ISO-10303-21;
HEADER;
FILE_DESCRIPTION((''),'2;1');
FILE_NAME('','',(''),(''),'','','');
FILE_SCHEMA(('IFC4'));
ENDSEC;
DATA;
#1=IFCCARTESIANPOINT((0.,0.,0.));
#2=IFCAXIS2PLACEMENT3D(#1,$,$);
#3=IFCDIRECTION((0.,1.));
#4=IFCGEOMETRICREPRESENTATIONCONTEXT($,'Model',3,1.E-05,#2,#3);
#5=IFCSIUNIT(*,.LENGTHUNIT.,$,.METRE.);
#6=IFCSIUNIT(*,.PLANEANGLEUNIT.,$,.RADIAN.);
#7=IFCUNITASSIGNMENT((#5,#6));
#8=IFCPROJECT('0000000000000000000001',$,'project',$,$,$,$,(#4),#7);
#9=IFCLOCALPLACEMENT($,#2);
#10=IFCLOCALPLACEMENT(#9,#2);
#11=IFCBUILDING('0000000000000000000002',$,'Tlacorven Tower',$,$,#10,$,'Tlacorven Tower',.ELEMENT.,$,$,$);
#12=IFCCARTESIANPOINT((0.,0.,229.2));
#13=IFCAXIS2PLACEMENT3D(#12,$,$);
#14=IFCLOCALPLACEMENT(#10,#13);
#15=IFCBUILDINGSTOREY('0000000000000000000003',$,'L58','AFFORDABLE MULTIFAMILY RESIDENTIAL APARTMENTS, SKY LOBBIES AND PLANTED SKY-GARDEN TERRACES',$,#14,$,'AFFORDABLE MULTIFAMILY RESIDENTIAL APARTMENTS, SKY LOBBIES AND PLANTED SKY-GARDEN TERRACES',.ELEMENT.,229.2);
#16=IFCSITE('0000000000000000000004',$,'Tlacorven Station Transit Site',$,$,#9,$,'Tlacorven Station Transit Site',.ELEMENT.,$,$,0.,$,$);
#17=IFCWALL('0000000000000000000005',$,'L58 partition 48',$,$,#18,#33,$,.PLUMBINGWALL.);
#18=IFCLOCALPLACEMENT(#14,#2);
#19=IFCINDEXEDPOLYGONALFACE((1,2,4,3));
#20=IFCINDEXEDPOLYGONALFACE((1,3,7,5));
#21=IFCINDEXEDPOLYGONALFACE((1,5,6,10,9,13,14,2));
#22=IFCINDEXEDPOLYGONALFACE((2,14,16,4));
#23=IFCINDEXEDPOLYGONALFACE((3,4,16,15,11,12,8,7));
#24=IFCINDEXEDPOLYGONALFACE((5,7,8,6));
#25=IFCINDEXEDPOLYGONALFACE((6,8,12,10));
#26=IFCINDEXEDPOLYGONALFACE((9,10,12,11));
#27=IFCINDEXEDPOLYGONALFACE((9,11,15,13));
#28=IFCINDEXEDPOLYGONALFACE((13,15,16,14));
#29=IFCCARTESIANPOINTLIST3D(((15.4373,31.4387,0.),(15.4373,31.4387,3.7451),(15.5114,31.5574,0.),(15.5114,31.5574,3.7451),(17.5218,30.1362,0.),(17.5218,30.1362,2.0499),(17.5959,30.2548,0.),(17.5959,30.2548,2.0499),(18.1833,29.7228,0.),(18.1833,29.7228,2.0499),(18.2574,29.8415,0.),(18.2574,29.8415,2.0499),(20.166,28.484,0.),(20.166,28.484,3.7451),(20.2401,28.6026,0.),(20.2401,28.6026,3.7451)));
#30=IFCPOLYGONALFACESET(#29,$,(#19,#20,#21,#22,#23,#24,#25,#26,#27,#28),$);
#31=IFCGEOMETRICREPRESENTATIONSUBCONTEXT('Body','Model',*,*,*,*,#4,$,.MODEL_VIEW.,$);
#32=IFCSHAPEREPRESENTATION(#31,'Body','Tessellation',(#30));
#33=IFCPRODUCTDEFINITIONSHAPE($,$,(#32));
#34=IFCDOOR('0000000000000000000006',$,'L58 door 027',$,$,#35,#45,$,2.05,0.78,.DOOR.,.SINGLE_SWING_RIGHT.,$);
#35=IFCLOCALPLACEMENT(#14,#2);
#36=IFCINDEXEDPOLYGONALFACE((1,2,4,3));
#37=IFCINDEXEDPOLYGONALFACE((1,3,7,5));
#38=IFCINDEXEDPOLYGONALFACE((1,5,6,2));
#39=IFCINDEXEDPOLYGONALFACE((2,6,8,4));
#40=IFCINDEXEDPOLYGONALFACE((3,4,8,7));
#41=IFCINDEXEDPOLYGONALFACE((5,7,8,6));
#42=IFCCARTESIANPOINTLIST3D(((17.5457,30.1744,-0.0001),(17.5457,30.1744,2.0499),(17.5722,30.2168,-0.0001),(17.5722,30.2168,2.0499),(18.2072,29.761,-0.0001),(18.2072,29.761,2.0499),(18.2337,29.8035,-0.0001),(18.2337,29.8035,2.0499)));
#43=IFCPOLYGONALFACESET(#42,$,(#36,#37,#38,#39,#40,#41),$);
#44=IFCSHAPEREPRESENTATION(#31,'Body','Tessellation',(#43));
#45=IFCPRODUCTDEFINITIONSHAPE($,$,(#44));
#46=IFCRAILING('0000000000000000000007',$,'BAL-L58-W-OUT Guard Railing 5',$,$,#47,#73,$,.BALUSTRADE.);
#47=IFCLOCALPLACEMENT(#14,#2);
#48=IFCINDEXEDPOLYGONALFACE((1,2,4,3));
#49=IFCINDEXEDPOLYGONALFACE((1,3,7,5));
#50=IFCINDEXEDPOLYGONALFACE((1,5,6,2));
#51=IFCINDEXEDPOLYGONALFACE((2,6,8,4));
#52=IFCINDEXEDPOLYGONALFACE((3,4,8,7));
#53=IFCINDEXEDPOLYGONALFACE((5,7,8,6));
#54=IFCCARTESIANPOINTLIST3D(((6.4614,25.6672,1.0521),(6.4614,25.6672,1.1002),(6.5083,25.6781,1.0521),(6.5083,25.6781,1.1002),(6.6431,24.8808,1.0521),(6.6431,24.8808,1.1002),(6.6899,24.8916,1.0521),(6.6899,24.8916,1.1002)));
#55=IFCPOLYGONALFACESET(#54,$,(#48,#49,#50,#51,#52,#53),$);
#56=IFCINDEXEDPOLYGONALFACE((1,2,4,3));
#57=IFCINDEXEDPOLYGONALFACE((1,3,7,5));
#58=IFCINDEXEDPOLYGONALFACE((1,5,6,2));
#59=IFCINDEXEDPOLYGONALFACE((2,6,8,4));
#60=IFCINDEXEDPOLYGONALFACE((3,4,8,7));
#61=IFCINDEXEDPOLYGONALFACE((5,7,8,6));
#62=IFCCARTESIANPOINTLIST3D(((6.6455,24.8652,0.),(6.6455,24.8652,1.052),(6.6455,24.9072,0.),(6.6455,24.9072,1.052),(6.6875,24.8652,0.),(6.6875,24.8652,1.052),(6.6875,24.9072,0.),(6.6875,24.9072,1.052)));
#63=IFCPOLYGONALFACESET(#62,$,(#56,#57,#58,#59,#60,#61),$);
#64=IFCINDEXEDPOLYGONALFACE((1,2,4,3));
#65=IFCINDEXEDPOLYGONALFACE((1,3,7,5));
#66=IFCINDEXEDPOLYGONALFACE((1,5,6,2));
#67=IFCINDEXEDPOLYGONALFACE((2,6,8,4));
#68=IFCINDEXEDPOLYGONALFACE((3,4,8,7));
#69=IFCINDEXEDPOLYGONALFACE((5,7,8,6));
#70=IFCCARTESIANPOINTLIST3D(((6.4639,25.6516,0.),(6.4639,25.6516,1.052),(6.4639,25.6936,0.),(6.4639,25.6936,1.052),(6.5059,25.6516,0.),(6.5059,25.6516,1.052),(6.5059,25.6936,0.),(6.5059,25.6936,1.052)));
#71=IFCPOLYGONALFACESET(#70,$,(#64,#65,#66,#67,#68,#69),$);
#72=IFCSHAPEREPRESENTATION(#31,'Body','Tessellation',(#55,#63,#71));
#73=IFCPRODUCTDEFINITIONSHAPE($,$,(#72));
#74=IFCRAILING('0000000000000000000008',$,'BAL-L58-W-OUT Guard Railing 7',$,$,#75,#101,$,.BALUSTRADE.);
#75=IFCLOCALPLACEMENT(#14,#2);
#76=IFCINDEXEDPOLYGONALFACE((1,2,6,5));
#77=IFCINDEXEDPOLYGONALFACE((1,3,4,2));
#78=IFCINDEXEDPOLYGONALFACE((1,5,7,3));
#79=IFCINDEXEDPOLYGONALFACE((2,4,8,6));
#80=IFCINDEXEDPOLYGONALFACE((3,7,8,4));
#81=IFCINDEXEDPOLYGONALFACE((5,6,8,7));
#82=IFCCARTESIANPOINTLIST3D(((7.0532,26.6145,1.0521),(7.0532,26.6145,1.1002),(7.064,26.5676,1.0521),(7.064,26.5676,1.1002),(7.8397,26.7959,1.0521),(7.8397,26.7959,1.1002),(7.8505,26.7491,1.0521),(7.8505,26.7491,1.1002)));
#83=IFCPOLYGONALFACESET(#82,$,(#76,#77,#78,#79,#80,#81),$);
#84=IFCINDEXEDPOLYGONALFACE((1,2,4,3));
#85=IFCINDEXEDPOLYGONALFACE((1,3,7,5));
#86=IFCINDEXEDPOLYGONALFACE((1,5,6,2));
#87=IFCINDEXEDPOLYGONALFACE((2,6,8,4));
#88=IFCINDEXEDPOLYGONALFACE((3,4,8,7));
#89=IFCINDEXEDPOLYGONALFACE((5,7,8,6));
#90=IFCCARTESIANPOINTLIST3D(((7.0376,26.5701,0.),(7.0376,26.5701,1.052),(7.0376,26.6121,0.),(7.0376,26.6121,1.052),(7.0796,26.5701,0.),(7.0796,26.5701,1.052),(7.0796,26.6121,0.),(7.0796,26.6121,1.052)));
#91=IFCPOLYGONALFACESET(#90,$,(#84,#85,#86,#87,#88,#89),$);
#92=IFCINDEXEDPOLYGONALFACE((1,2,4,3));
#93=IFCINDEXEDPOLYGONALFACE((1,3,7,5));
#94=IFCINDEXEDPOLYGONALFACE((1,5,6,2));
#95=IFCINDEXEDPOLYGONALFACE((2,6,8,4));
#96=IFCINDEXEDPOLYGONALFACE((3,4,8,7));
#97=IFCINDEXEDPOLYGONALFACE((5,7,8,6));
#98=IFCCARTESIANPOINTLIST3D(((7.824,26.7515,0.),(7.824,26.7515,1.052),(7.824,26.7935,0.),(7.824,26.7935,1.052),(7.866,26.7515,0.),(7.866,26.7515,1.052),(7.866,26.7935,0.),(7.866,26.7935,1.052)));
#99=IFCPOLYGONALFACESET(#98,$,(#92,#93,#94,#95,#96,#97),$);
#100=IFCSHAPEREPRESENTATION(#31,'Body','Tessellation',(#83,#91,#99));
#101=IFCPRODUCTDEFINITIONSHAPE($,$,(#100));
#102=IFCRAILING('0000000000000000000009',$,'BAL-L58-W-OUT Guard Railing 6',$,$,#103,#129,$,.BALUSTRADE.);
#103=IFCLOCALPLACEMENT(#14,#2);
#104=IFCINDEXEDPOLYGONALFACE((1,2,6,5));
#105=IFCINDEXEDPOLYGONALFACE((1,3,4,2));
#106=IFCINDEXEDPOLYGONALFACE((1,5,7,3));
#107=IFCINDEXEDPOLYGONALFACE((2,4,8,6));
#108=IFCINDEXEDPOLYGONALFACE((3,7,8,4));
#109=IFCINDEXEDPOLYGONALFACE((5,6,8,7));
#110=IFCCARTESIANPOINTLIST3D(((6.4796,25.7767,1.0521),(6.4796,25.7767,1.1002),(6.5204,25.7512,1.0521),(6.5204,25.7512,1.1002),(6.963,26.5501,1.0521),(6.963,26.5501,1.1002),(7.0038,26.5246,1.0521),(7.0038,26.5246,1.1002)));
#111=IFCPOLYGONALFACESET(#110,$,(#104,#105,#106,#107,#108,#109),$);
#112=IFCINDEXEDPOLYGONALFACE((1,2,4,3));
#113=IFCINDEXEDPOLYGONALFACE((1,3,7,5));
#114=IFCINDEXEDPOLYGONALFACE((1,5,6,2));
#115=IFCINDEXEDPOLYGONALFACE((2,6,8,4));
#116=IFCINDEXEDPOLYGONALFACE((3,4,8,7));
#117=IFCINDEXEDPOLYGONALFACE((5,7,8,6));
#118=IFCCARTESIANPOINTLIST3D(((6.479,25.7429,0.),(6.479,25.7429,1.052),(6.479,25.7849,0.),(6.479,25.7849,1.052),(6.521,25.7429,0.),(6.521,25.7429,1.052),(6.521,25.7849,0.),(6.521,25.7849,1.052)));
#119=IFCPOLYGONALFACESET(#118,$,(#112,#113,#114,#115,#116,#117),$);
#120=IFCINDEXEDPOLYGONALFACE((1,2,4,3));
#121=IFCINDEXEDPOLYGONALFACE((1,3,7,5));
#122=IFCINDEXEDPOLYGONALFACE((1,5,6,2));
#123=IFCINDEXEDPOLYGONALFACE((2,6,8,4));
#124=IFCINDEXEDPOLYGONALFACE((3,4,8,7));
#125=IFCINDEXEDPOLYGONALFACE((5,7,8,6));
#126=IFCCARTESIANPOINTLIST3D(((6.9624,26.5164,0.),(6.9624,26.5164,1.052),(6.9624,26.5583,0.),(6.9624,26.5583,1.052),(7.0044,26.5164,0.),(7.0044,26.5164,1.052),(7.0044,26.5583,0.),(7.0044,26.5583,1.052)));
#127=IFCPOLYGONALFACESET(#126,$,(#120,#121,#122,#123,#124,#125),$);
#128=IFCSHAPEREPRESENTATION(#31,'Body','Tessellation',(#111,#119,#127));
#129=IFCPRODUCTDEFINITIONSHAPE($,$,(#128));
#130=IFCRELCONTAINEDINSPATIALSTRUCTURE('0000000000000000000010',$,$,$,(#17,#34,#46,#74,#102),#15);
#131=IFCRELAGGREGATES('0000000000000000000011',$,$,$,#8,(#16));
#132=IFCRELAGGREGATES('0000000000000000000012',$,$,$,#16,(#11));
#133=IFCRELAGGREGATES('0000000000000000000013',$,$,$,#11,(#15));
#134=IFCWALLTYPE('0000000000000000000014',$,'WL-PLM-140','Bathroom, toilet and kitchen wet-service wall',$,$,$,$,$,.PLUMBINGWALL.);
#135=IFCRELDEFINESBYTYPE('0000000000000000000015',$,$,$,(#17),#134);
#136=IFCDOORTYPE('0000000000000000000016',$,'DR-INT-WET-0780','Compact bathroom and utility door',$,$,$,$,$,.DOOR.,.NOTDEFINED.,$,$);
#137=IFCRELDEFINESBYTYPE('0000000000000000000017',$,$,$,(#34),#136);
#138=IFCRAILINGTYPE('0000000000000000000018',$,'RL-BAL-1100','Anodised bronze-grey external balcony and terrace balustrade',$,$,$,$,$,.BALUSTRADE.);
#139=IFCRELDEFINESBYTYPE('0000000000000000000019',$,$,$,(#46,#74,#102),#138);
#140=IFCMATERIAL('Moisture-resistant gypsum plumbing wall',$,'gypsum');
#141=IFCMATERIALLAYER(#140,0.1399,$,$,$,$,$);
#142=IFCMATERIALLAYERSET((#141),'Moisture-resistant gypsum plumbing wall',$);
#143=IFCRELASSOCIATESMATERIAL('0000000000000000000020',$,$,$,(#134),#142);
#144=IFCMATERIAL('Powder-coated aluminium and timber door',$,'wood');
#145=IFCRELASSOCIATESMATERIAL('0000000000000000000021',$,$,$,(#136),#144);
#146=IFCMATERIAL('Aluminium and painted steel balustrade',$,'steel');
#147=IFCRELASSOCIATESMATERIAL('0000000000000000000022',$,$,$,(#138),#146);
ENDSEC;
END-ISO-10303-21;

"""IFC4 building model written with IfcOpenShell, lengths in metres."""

from ifc_helpers import new_model, si_unit, direction, frame, frame_2d, origin, origin_2d, place, context, subcontext, project, spatial, rectangle, extrude, source, transform, mapped, material, layer, layer_set, type_object, element, fill, save


model = new_model("IFC4")

# Units and contexts
model_context = context("Model", 3, precision=1e-05, world=origin(), true_north=direction((0.0, 1.0)))
body_context = subcontext(model_context, "Body", "Model", "MODEL_VIEW")
ifc_project = project(units=[si_unit("LENGTHUNIT", "METRE"), si_unit("PLANEANGLEUNIT", "RADIAN")], contexts=[model_context])

# Site, building, storey
site_placement = place(None, origin())
site = spatial("IfcSite", under=ifc_project, at=site_placement, Name="Tlacorven Station Transit Site", LongName="Tlacorven Station Transit Site", CompositionType="ELEMENT", RefElevation=0.0)
building_placement = place(site_placement, origin())
building = spatial("IfcBuilding", under=site, at=building_placement, Name="Tlacorven Tower", LongName="Tlacorven Tower", CompositionType="ELEMENT")
storey_placement = place(building_placement, frame((0.0, 0.0, 229.2)))
storey = spatial("IfcBuildingStorey", under=building, at=storey_placement, Name="L58", Description="AFFORDABLE MULTIFAMILY RESIDENTIAL APARTMENTS, SKY LOBBIES AND PLANTED SKY-GARDEN TERRACES", LongName="AFFORDABLE MULTIFAMILY RESIDENTIAL APARTMENTS, SKY LOBBIES AND PLANTED SKY-GARDEN TERRACES", CompositionType="ELEMENT", Elevation=229.2)

# Wall, opening, door
ifc_material_1 = material(Name="Moisture-resistant gypsum plumbing wall", Category="gypsum")
ifc_layer_1 = layer(ifc_material_1, 0.1399)
ifc_layer_set_1 = layer_set([ifc_layer_1], Name="Moisture-resistant gypsum plumbing wall")
wall_type_1 = type_object("IfcWallType", Name="WL-PLM-140", Description="Bathroom, toilet and kitchen wet-service wall", PredefinedType="PLUMBINGWALL", material=ifc_layer_set_1)
wall_1_placement = place(storey_placement, frame((20.2031, 28.5432, 0.0), z_axis=(0.0, 0.0, 1.0), x_axis=(-0.84805, 0.529916, 0.0)))
wall_1 = element("IfcWall", 1, at=wall_1_placement, inside=storey, type_object=wall_type_1, Name="L58 partition 48", PredefinedType="PLUMBINGWALL", context=body_context, shape_type="SweptSolid", body=[
    extrude(rectangle(XDim=5.5759, YDim=0.1399, at=frame_2d((2.7881, 0.0))), origin(), (0.0, 0.0, 1.0), 3.7451),
])
opening_1_placement = place(wall_1_placement, frame((2.3379, 0.0, 0.0)))
opening_1 = element("IfcOpeningElement", 2, at=opening_1_placement, cuts=wall_1, PredefinedType="OPENING", context=body_context, shape_type="SweptSolid", body=[
    extrude(rectangle(XDim=0.78, YDim=2.05, at=frame_2d((0.3901, 1.0249))), frame((0.0, 0.0801, 0.0), z_axis=(0.0, -1.0, 0.0), x_axis=(1.0, 0.0, 0.0)), (0.0, 0.0, 1.0), 0.1599),
])
ifc_material_2 = material(Name="Powder-coated aluminium and timber door", Category="wood")
door_type = type_object("IfcDoorType", Name="DR-INT-WET-0780", Description="Compact bathroom and utility door", OperationType="NOTDEFINED", PredefinedType="DOOR", material=ifc_material_2)
shared_shape_1 = source(origin(), body_context, "Body", "SweptSolid", [
    extrude(rectangle(XDim=0.78, YDim=2.05, at=frame_2d((0.3901, 1.0249))), frame((0.0, 0.0249, 0.0), z_axis=(0.0, -1.0, 0.0), x_axis=(1.0, 0.0, 0.0)), (0.0, 0.0, 1.0), 0.05),
])
door_placement = place(opening_1_placement, origin())
door = element("IfcDoor", 3, at=door_placement, inside=storey, type_object=door_type, Name="L58 door 027", OperationType="SINGLE_SWING_RIGHT", OverallHeight=2.05, OverallWidth=0.78, PredefinedType="DOOR", context=body_context, shape_type="MappedRepresentation", body=[
    mapped(shared_shape_1, transform((0.0, 0.0, 0.0), scale=1.0)),
])
fill(opening_1, door)

# Railings
ifc_material_3 = material(Name="Aluminium and painted steel balustrade", Category="steel")
railing_type = type_object("IfcRailingType", Name="RL-BAL-1100", Description="Anodised bronze-grey external balcony and terrace balustrade", PredefinedType="BALUSTRADE", material=ifc_material_3)
shared_shape_2 = source(origin(), body_context, "Body", "SweptSolid", [
    extrude(rectangle(XDim=0.0481, YDim=0.0481, at=origin_2d()), frame((0.0, 0.0, 1.0762), z_axis=(-0.225058, 0.974345, 0.0), x_axis=(-0.974345, -0.225058, 0.0)), (0.0, 0.0, 1.0), 0.8071),
    extrude(rectangle(XDim=0.042, YDim=0.042, at=origin_2d()), origin(), (0.0, 0.0, 1.0), 1.052),
    extrude(rectangle(XDim=0.042, YDim=0.042, at=origin_2d()), frame((-0.1816, 0.7864, 0.0)), (0.0, 0.0, 1.0), 1.052),
])
railing_1_placement = place(storey_placement, frame((6.6665, 24.8862, 0.0)))
element("IfcRailing", 4, at=railing_1_placement, inside=storey, type_object=railing_type, Name="BAL-L58-W-OUT Guard Railing 5", PredefinedType="BALUSTRADE", context=body_context, shape_type="MappedRepresentation", body=[
    mapped(shared_shape_2, transform((0.0, 0.0, 0.0), scale=1.0)),
])
shared_shape_3 = source(origin(), body_context, "Body", "SweptSolid", [
    extrude(rectangle(XDim=0.0481, YDim=0.0481, at=origin_2d()), frame((0.0, 0.0, 1.0762), z_axis=(0.974412, 0.224771, 0.0), x_axis=(-0.224771, 0.974412, 0.0)), (0.0, 0.0, 1.0), 0.8071),
    extrude(rectangle(XDim=0.042, YDim=0.042, at=origin_2d()), origin(), (0.0, 0.0, 1.0), 1.052),
    extrude(rectangle(XDim=0.042, YDim=0.042, at=origin_2d()), frame((0.7864, 0.1814, 0.0)), (0.0, 0.0, 1.0), 1.052),
])
railing_2_placement = place(storey_placement, frame((7.0586, 26.5911, 0.0)))
element("IfcRailing", 5, at=railing_2_placement, inside=storey, type_object=railing_type, Name="BAL-L58-W-OUT Guard Railing 7", PredefinedType="BALUSTRADE", context=body_context, shape_type="MappedRepresentation", body=[
    mapped(shared_shape_3, transform((0.0, 0.0, 0.0), scale=1.0)),
])
shared_shape_4 = source(origin(), body_context, "Body", "SweptSolid", [
    extrude(rectangle(XDim=0.0481, YDim=0.0481, at=origin_2d()), frame((0.0, 0.0, 1.0762), z_axis=(0.529999, 0.847998, 0.0), x_axis=(-0.847998, 0.529999, 0.0)), (0.0, 0.0, 1.0), 0.9121),
    extrude(rectangle(XDim=0.042, YDim=0.042, at=origin_2d()), origin(), (0.0, 0.0, 1.0), 1.052),
    extrude(rectangle(XDim=0.042, YDim=0.042, at=origin_2d()), frame((0.4834, 0.7734, 0.0)), (0.0, 0.0, 1.0), 1.052),
])
railing_3_placement = place(storey_placement, frame((6.5, 25.7639, 0.0)))
element("IfcRailing", 6, at=railing_3_placement, inside=storey, type_object=railing_type, Name="BAL-L58-W-OUT Guard Railing 6", PredefinedType="BALUSTRADE", context=body_context, shape_type="MappedRepresentation", body=[
    mapped(shared_shape_4, transform((0.0, 0.0, 0.0), scale=1.0)),
])

save(model, "model.ifc")
